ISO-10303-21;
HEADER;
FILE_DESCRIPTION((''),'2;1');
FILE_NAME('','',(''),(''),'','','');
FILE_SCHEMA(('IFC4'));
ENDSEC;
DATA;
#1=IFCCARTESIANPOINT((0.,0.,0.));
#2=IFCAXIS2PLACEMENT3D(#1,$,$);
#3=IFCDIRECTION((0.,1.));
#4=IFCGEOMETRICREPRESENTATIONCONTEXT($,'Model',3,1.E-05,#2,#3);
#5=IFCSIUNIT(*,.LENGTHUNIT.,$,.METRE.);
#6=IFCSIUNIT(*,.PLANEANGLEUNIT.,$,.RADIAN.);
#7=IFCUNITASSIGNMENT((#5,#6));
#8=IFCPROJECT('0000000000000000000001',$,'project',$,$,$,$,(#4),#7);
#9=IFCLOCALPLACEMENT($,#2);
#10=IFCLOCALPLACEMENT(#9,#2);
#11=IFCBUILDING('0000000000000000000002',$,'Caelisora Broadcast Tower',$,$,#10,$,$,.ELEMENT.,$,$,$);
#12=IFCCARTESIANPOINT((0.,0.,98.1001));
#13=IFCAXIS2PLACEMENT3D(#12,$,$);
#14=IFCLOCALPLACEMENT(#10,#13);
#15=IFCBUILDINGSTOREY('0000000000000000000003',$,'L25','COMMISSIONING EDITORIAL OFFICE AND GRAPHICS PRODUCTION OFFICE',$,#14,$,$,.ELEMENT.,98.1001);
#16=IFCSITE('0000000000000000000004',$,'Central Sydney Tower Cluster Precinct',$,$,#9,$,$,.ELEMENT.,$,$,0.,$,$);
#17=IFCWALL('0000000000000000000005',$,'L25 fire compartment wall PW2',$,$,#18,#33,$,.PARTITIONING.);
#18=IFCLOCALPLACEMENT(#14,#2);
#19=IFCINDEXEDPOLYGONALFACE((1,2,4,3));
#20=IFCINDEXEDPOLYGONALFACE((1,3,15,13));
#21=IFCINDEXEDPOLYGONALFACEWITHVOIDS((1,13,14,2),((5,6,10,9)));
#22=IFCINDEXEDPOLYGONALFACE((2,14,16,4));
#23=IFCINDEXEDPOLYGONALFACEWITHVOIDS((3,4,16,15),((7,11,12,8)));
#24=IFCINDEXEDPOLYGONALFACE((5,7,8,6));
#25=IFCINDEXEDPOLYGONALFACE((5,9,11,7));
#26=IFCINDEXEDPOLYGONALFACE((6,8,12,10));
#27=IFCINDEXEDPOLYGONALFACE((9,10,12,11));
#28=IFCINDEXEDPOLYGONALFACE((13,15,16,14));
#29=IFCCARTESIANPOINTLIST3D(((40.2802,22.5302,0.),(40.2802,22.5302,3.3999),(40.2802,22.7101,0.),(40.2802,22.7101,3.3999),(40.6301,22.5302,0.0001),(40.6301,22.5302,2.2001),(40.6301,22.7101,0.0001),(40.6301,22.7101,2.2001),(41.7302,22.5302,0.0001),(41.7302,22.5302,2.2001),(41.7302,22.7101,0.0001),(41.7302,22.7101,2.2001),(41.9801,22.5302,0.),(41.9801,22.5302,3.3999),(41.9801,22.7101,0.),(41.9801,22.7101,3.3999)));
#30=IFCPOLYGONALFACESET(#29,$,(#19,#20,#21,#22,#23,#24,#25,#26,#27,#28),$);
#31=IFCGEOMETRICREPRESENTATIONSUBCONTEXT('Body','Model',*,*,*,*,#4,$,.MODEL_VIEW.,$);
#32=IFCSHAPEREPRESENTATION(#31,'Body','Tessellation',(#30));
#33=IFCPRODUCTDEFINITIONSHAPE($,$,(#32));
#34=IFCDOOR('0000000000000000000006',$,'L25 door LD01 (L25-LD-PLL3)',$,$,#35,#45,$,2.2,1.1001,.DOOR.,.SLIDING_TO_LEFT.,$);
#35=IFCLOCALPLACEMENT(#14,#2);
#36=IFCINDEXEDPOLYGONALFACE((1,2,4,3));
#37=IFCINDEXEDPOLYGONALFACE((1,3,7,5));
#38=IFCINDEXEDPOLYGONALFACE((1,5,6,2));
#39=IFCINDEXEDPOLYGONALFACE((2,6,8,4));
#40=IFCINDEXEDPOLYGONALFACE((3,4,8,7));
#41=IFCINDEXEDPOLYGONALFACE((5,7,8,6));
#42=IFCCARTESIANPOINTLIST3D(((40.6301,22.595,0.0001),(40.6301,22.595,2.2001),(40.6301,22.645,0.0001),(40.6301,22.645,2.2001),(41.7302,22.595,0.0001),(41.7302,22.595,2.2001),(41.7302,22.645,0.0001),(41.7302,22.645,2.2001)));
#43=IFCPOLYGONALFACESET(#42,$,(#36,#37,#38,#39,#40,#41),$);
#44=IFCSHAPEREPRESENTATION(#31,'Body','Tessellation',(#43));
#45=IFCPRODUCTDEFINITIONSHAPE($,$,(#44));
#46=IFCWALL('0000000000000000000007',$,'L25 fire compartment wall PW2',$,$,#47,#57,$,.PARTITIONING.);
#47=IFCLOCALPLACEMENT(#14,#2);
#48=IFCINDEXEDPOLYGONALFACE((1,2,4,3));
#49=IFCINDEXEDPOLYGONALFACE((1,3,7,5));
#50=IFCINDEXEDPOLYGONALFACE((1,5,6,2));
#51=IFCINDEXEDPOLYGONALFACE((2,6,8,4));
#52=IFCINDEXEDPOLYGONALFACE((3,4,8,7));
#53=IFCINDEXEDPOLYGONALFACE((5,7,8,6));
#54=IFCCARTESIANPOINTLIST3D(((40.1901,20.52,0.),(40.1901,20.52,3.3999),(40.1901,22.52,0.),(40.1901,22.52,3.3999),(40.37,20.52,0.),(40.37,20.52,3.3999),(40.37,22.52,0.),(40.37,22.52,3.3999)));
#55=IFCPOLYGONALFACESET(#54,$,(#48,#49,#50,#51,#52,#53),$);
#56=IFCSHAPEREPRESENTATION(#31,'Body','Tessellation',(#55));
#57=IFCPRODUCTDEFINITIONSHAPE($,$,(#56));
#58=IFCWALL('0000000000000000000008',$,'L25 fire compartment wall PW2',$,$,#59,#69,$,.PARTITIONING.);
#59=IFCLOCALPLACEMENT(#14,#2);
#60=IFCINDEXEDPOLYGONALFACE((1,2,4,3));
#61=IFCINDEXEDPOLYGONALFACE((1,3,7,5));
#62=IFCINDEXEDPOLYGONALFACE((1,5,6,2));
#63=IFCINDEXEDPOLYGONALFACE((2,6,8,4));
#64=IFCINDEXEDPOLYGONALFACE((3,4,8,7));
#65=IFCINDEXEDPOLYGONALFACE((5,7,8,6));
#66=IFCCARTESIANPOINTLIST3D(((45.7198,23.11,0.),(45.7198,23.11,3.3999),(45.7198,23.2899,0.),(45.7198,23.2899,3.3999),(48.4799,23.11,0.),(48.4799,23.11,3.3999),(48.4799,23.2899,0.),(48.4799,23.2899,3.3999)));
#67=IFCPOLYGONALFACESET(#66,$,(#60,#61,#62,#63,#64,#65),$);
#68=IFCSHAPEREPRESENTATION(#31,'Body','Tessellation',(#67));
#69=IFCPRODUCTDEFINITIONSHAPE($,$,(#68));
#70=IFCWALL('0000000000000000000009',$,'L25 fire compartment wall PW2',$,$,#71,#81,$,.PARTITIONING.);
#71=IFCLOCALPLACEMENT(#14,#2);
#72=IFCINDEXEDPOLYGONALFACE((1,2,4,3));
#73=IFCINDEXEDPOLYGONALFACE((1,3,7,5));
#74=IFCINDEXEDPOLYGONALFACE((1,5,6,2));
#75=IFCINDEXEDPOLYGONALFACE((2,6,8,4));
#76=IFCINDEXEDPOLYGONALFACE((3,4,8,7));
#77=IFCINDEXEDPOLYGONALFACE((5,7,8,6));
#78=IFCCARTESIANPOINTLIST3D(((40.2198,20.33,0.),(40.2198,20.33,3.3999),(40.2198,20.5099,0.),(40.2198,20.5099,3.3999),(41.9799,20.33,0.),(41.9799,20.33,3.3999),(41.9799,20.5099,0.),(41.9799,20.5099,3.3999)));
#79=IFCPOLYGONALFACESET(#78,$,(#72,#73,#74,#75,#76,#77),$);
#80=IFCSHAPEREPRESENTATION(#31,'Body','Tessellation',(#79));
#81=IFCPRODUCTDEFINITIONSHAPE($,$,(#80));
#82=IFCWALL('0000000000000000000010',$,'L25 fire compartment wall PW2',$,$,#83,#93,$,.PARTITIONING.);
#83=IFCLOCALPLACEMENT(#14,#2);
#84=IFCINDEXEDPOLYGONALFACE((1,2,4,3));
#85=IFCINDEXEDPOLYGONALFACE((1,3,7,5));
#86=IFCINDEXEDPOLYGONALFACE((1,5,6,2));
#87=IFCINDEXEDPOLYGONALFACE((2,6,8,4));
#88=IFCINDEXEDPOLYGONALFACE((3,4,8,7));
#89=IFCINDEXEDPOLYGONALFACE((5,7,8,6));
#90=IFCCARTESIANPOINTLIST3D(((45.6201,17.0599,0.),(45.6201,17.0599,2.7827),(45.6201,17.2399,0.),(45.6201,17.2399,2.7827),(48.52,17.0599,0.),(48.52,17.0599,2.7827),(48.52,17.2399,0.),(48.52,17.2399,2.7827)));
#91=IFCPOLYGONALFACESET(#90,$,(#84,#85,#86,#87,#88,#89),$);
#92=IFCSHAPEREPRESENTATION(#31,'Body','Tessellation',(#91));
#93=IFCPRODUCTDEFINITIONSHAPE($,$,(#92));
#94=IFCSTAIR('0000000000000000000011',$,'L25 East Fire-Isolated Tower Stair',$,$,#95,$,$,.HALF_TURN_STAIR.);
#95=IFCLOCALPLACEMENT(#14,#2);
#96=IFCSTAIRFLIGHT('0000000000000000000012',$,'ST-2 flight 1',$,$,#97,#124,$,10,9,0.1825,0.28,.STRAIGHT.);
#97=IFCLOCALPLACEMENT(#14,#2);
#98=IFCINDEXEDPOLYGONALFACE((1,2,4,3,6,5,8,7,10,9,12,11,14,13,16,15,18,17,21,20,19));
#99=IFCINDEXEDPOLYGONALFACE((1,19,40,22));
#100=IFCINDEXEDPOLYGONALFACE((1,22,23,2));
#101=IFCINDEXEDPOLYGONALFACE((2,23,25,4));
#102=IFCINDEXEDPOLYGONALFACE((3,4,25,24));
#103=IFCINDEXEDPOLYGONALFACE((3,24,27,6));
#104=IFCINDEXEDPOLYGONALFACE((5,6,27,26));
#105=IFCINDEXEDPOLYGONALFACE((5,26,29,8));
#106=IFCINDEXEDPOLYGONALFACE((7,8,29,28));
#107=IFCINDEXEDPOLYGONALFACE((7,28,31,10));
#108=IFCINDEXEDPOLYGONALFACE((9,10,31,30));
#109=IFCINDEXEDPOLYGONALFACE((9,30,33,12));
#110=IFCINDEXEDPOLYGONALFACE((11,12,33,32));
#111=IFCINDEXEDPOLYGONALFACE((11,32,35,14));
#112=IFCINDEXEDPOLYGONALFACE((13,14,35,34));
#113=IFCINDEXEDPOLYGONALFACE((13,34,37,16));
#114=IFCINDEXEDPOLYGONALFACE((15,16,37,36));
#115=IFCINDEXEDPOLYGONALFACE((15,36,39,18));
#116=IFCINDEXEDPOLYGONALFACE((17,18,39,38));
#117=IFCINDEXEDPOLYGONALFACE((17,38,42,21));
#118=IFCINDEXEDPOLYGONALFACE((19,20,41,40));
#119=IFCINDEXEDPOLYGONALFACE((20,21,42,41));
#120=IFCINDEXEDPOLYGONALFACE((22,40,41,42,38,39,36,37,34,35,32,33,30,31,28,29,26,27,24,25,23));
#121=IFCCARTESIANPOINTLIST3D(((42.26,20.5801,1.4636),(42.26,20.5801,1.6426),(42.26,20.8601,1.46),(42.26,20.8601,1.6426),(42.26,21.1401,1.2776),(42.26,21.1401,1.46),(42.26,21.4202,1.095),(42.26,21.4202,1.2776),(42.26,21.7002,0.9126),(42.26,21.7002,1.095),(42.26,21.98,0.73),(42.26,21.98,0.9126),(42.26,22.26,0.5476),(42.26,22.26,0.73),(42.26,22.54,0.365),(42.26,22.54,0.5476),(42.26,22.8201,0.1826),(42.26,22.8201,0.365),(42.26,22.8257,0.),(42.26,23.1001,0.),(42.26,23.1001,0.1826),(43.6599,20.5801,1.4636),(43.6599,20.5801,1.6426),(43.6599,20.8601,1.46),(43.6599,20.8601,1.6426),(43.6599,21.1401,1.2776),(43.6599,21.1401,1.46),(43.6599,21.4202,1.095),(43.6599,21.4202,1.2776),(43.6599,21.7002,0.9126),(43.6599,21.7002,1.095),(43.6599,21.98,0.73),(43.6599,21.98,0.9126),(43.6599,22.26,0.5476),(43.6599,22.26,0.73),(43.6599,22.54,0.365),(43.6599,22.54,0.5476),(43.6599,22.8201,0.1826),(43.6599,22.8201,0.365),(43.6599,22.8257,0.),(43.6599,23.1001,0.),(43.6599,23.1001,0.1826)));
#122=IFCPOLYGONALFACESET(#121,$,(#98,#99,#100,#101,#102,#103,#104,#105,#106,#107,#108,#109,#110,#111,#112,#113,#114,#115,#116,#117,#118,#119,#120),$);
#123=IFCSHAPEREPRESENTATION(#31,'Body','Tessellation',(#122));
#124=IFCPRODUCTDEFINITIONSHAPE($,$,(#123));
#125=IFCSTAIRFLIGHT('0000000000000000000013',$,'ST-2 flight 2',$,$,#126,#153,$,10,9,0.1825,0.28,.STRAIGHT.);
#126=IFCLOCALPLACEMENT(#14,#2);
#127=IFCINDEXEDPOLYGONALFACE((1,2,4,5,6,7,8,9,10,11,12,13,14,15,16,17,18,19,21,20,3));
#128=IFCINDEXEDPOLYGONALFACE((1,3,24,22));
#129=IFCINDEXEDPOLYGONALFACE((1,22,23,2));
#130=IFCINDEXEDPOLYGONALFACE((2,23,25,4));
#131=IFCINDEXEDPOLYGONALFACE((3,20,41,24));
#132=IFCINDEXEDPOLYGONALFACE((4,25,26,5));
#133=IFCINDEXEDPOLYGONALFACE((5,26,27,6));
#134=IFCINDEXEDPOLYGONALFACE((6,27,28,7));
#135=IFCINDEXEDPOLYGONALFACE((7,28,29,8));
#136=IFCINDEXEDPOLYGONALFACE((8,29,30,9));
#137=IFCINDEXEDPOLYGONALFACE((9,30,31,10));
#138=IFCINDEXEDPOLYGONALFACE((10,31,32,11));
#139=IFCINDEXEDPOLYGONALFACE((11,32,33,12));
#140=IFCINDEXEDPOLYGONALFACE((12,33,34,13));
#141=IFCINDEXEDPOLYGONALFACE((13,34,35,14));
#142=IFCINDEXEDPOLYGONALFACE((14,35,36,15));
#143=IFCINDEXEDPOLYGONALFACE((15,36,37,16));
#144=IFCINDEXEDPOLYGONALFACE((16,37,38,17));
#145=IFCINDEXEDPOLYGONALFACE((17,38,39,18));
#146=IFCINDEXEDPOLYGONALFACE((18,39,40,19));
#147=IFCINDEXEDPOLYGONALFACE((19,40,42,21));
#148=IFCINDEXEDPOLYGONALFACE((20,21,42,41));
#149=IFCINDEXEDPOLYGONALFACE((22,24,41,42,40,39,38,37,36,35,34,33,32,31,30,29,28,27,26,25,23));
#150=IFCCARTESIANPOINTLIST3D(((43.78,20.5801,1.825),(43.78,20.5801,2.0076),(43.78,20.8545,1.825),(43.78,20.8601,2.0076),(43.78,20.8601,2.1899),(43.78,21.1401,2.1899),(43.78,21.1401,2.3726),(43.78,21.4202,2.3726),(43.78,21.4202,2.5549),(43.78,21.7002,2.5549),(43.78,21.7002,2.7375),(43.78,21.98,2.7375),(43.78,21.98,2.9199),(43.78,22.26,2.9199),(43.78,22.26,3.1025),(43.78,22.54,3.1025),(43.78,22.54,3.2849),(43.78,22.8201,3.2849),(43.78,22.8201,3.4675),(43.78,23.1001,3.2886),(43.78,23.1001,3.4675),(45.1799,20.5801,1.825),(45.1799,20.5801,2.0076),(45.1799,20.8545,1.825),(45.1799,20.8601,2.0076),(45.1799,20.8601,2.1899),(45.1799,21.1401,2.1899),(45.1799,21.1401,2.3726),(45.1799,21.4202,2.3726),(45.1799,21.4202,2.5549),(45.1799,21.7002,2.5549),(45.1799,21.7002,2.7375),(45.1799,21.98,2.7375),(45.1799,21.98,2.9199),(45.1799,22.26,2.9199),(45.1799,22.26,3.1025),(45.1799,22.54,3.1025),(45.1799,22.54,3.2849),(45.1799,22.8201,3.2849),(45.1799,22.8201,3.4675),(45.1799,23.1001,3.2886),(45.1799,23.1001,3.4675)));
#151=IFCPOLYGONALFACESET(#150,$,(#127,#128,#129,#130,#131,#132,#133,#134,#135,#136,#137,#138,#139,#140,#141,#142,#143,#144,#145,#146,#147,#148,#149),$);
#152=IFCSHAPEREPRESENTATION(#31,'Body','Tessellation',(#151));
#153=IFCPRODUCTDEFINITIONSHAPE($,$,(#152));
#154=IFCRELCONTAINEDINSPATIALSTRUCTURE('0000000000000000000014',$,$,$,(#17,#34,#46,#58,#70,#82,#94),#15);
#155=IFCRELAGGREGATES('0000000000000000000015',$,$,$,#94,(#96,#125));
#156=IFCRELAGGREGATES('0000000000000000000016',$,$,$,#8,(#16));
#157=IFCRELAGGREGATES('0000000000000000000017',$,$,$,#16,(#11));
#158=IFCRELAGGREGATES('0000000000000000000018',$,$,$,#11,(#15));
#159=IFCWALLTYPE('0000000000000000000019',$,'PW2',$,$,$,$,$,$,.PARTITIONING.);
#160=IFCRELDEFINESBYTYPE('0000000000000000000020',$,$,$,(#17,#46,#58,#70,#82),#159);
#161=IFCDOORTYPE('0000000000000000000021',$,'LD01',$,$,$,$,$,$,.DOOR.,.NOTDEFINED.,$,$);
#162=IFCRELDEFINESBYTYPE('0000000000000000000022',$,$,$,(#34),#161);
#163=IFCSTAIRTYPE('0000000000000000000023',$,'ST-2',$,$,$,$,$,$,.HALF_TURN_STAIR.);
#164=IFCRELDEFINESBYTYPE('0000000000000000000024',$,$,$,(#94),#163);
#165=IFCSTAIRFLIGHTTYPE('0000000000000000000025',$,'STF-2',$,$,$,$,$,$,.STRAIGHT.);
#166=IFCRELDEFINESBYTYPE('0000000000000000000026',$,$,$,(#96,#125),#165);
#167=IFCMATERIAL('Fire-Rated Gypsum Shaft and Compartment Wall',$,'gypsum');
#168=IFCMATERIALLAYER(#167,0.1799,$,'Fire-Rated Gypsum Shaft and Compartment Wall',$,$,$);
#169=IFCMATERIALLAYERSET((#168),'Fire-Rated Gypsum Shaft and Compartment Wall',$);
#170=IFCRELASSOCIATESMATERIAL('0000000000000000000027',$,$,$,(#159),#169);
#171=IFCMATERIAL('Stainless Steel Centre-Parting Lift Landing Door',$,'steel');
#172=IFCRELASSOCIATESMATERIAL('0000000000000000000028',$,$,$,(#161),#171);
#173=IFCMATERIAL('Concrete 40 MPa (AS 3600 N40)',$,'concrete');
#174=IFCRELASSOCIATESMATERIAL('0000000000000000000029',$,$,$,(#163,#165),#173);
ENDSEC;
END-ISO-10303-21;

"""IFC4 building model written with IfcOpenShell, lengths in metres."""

from ifc_helpers import new_model, si_unit, direction, frame, frame_2d, origin, place, context, subcontext, project, spatial, polyline, rectangle, outline, extrude, material, layer, layer_set, type_object, element, fill, aggregate, save


model = new_model("IFC4")

# Units and contexts
model_context = context("Model", 3, precision=1e-05, world=origin(), true_north=direction((0.0, 1.0)))
body_context = subcontext(model_context, "Body", "Model", "MODEL_VIEW")
ifc_project = project(units=[si_unit("LENGTHUNIT", "METRE"), si_unit("PLANEANGLEUNIT", "RADIAN")], contexts=[model_context])

# Site, building, storey
site_placement = place(None, origin())
site = spatial("IfcSite", under=ifc_project, at=site_placement, Name="Central Sydney Tower Cluster Precinct", CompositionType="ELEMENT", RefElevation=0.0)
building_placement = place(site_placement, origin())
building = spatial("IfcBuilding", under=site, at=building_placement, Name="Caelisora Broadcast Tower", CompositionType="ELEMENT")
storey_placement = place(building_placement, frame((0.0, 0.0, 98.1001)))
storey = spatial("IfcBuildingStorey", under=building, at=storey_placement, Name="L25", Description="COMMISSIONING EDITORIAL OFFICE AND GRAPHICS PRODUCTION OFFICE", CompositionType="ELEMENT", Elevation=98.1001)

# Wall, opening, door
ifc_material_1 = material(Name="Fire-Rated Gypsum Shaft and Compartment Wall", Category="gypsum")
ifc_layer_1 = layer(ifc_material_1, 0.1799, Name="Fire-Rated Gypsum Shaft and Compartment Wall")
ifc_layer_set_1 = layer_set([ifc_layer_1], Name="Fire-Rated Gypsum Shaft and Compartment Wall")
wall_type_1 = type_object("IfcWallType", Name="PW2", PredefinedType="PARTITIONING", material=ifc_layer_set_1)
wall_1_placement = place(storey_placement, frame((40.28, 22.6201, 0.0), z_axis=(0.0, 0.0, 1.0), x_axis=(1.0, 0.0, 0.0)))
wall_1 = element("IfcWall", 1, at=wall_1_placement, inside=storey, type_object=wall_type_1, Name="L25 fire compartment wall PW2", PredefinedType="PARTITIONING", context=body_context, shape_type="SweptSolid", body=[
    extrude(rectangle(XDim=1.7, YDim=0.1799, at=frame_2d((0.8501, 0.0))), origin(), (0.0, 0.0, 1.0), 3.3999),
])
opening_1_placement = place(wall_1_placement, frame((0.3501, 0.0, 0.0)))
opening_1 = element("IfcOpeningElement", 2, at=opening_1_placement, cuts=wall_1, PredefinedType="OPENING", context=body_context, shape_type="SweptSolid", body=[
    extrude(rectangle(XDim=1.1001, YDim=2.2, at=frame_2d((0.55, 1.1001))), frame((0.0, 0.1021, 0.0), z_axis=(0.0, -1.0, 0.0), x_axis=(1.0, 0.0, 0.0)), (0.0, 0.0, 1.0), 0.2039),
])
ifc_material_2 = material(Name="Stainless Steel Centre-Parting Lift Landing Door", Category="steel")
door_type_1 = type_object("IfcDoorType", Name="LD01", OperationType="NOTDEFINED", PredefinedType="DOOR", material=ifc_material_2)
door_1_placement = place(opening_1_placement, origin())
door_1 = element("IfcDoor", 3, at=door_1_placement, inside=storey, type_object=door_type_1, Name="L25 door LD01 (L25-LD-PLL3)", OperationType="SLIDING_TO_LEFT", OverallHeight=2.2, OverallWidth=1.1001, PredefinedType="DOOR", context=body_context, shape_type="SweptSolid", body=[
    extrude(rectangle(XDim=1.1001, YDim=2.2, at=frame_2d((0.55, 1.1001))), frame((0.0, 0.0249, 0.0), z_axis=(0.0, -1.0, 0.0), x_axis=(1.0, 0.0, 0.0)), (0.0, 0.0, 1.0), 0.05),
])
fill(opening_1, door_1)

# Walls
wall_2_placement = place(storey_placement, frame((40.28, 20.52, 0.0), z_axis=(0.0, 0.0, 1.0), x_axis=(0.0, 1.0, 0.0)))
element("IfcWall", 4, at=wall_2_placement, inside=storey, type_object=wall_type_1, Name="L25 fire compartment wall PW2", PredefinedType="PARTITIONING", context=body_context, shape_type="SweptSolid", body=[
    extrude(rectangle(XDim=2.0, YDim=0.1799, at=frame_2d((1.0, 0.0))), origin(), (0.0, 0.0, 1.0), 3.3999),
])
wall_3_placement = place(storey_placement, frame((45.72, 23.2, 0.0), z_axis=(0.0, 0.0, 1.0), x_axis=(1.0, 0.0, 0.0)))
element("IfcWall", 5, at=wall_3_placement, inside=storey, type_object=wall_type_1, Name="L25 fire compartment wall PW2", PredefinedType="PARTITIONING", context=body_context, shape_type="SweptSolid", body=[
    extrude(rectangle(XDim=2.76, YDim=0.1799, at=frame_2d((1.3799, 0.0))), origin(), (0.0, 0.0, 1.0), 3.3999),
])
wall_4_placement = place(storey_placement, frame((40.22, 20.4199, 0.0), z_axis=(0.0, 0.0, 1.0), x_axis=(1.0, 0.0, 0.0)))
element("IfcWall", 6, at=wall_4_placement, inside=storey, type_object=wall_type_1, Name="L25 fire compartment wall PW2", PredefinedType="PARTITIONING", context=body_context, shape_type="SweptSolid", body=[
    extrude(rectangle(XDim=1.76, YDim=0.1799, at=frame_2d((0.8799, 0.0))), origin(), (0.0, 0.0, 1.0), 3.3999),
])
wall_5_placement = place(storey_placement, frame((45.6201, 17.1499, 0.0), z_axis=(0.0, 0.0, 1.0), x_axis=(1.0, 0.0, 0.0)))
element("IfcWall", 7, at=wall_5_placement, inside=storey, type_object=wall_type_1, Name="L25 fire compartment wall PW2", PredefinedType="PARTITIONING", context=body_context, shape_type="SweptSolid", body=[
    extrude(rectangle(XDim=2.8999, YDim=0.1799, at=frame_2d((1.45, 0.0))), origin(), (0.0, 0.0, 1.0), 2.7827),
])

# Stair, stair flights
ifc_material_3 = material(Name="Concrete 40 MPa (AS 3600 N40)", Category="concrete")
stair_type = type_object("IfcStairType", Name="ST-2", PredefinedType="HALF_TURN_STAIR", material=ifc_material_3)
stair_placement = place(storey_placement, origin())
stair = element("IfcStair", 8, at=stair_placement, inside=storey, type_object=stair_type, Name="L25 East Fire-Isolated Tower Stair", PredefinedType="HALF_TURN_STAIR")
stair_flight_type = type_object("IfcStairFlightType", Name="STF-2", PredefinedType="STRAIGHT", material=ifc_material_3)
stair_flight_1_placement = place(storey_placement, frame((42.96, 23.1001, 0.0), z_axis=(0.0, 0.0, 1.0), x_axis=(0.0, -1.0, 0.0)))
stair_flight_1 = element("IfcStairFlight", 9, at=stair_flight_1_placement, type_object=stair_flight_type, Name="ST-2 flight 1", NumberOfRisers=10, NumberOfTreads=9, PredefinedType="STRAIGHT", RiserHeight=0.1825, TreadLength=0.28, context=body_context, shape_type="SweptSolid", body=[
    extrude(outline(polyline([(0.0, 0.0), (0.0, 0.1826), (0.28, 0.1826), (0.28, 0.365), (0.5601, 0.365), (0.5601, 0.5476), (0.8401, 0.5476), (0.8401, 0.73), (1.1201, 0.73), (1.1201, 0.9126), (1.3999, 0.9126), (1.3999, 1.095), (1.6799, 1.095), (1.6799, 1.2776), (1.96, 1.2776), (1.96, 1.46), (2.24, 1.46), (2.24, 1.6426), (2.52, 1.6426), (2.52, 1.825), (2.52, 1.4636), (0.2744, 0.0), (0.0, 0.0)])), frame((0.0, 0.7, 0.0), z_axis=(0.0, -1.0, 0.0), x_axis=(1.0, 0.0, 0.0)), (0.0, 0.0, 1.0), 1.3999),
])
stair_flight_2_placement = place(storey_placement, frame((44.48, 20.5801, 1.825), z_axis=(0.0, 0.0, 1.0), x_axis=(0.0, 1.0, 0.0)))
stair_flight_2 = element("IfcStairFlight", 10, at=stair_flight_2_placement, type_object=stair_flight_type, Name="ST-2 flight 2", NumberOfRisers=10, NumberOfTreads=9, PredefinedType="STRAIGHT", RiserHeight=0.1825, TreadLength=0.28, context=body_context, shape_type="SweptSolid", body=[
    extrude(outline(polyline([(0.0, 0.0), (0.0, 0.1826), (0.28, 0.1826), (0.28, 0.365), (0.5601, 0.365), (0.5601, 0.5476), (0.8401, 0.5476), (0.8401, 0.73), (1.1201, 0.73), (1.1201, 0.9126), (1.3999, 0.9126), (1.3999, 1.095), (1.6799, 1.095), (1.6799, 1.2776), (1.96, 1.2776), (1.96, 1.46), (2.24, 1.46), (2.24, 1.6426), (2.52, 1.6426), (2.52, 1.825), (2.52, 1.4636), (0.2744, 0.0), (0.0, 0.0)])), frame((0.0, 0.7, 0.0), z_axis=(0.0, -1.0, 0.0), x_axis=(1.0, 0.0, 0.0)), (0.0, 0.0, 1.0), 1.3999),
])
aggregate(stair, [stair_flight_1, stair_flight_2])

save(model, "model.ifc")
